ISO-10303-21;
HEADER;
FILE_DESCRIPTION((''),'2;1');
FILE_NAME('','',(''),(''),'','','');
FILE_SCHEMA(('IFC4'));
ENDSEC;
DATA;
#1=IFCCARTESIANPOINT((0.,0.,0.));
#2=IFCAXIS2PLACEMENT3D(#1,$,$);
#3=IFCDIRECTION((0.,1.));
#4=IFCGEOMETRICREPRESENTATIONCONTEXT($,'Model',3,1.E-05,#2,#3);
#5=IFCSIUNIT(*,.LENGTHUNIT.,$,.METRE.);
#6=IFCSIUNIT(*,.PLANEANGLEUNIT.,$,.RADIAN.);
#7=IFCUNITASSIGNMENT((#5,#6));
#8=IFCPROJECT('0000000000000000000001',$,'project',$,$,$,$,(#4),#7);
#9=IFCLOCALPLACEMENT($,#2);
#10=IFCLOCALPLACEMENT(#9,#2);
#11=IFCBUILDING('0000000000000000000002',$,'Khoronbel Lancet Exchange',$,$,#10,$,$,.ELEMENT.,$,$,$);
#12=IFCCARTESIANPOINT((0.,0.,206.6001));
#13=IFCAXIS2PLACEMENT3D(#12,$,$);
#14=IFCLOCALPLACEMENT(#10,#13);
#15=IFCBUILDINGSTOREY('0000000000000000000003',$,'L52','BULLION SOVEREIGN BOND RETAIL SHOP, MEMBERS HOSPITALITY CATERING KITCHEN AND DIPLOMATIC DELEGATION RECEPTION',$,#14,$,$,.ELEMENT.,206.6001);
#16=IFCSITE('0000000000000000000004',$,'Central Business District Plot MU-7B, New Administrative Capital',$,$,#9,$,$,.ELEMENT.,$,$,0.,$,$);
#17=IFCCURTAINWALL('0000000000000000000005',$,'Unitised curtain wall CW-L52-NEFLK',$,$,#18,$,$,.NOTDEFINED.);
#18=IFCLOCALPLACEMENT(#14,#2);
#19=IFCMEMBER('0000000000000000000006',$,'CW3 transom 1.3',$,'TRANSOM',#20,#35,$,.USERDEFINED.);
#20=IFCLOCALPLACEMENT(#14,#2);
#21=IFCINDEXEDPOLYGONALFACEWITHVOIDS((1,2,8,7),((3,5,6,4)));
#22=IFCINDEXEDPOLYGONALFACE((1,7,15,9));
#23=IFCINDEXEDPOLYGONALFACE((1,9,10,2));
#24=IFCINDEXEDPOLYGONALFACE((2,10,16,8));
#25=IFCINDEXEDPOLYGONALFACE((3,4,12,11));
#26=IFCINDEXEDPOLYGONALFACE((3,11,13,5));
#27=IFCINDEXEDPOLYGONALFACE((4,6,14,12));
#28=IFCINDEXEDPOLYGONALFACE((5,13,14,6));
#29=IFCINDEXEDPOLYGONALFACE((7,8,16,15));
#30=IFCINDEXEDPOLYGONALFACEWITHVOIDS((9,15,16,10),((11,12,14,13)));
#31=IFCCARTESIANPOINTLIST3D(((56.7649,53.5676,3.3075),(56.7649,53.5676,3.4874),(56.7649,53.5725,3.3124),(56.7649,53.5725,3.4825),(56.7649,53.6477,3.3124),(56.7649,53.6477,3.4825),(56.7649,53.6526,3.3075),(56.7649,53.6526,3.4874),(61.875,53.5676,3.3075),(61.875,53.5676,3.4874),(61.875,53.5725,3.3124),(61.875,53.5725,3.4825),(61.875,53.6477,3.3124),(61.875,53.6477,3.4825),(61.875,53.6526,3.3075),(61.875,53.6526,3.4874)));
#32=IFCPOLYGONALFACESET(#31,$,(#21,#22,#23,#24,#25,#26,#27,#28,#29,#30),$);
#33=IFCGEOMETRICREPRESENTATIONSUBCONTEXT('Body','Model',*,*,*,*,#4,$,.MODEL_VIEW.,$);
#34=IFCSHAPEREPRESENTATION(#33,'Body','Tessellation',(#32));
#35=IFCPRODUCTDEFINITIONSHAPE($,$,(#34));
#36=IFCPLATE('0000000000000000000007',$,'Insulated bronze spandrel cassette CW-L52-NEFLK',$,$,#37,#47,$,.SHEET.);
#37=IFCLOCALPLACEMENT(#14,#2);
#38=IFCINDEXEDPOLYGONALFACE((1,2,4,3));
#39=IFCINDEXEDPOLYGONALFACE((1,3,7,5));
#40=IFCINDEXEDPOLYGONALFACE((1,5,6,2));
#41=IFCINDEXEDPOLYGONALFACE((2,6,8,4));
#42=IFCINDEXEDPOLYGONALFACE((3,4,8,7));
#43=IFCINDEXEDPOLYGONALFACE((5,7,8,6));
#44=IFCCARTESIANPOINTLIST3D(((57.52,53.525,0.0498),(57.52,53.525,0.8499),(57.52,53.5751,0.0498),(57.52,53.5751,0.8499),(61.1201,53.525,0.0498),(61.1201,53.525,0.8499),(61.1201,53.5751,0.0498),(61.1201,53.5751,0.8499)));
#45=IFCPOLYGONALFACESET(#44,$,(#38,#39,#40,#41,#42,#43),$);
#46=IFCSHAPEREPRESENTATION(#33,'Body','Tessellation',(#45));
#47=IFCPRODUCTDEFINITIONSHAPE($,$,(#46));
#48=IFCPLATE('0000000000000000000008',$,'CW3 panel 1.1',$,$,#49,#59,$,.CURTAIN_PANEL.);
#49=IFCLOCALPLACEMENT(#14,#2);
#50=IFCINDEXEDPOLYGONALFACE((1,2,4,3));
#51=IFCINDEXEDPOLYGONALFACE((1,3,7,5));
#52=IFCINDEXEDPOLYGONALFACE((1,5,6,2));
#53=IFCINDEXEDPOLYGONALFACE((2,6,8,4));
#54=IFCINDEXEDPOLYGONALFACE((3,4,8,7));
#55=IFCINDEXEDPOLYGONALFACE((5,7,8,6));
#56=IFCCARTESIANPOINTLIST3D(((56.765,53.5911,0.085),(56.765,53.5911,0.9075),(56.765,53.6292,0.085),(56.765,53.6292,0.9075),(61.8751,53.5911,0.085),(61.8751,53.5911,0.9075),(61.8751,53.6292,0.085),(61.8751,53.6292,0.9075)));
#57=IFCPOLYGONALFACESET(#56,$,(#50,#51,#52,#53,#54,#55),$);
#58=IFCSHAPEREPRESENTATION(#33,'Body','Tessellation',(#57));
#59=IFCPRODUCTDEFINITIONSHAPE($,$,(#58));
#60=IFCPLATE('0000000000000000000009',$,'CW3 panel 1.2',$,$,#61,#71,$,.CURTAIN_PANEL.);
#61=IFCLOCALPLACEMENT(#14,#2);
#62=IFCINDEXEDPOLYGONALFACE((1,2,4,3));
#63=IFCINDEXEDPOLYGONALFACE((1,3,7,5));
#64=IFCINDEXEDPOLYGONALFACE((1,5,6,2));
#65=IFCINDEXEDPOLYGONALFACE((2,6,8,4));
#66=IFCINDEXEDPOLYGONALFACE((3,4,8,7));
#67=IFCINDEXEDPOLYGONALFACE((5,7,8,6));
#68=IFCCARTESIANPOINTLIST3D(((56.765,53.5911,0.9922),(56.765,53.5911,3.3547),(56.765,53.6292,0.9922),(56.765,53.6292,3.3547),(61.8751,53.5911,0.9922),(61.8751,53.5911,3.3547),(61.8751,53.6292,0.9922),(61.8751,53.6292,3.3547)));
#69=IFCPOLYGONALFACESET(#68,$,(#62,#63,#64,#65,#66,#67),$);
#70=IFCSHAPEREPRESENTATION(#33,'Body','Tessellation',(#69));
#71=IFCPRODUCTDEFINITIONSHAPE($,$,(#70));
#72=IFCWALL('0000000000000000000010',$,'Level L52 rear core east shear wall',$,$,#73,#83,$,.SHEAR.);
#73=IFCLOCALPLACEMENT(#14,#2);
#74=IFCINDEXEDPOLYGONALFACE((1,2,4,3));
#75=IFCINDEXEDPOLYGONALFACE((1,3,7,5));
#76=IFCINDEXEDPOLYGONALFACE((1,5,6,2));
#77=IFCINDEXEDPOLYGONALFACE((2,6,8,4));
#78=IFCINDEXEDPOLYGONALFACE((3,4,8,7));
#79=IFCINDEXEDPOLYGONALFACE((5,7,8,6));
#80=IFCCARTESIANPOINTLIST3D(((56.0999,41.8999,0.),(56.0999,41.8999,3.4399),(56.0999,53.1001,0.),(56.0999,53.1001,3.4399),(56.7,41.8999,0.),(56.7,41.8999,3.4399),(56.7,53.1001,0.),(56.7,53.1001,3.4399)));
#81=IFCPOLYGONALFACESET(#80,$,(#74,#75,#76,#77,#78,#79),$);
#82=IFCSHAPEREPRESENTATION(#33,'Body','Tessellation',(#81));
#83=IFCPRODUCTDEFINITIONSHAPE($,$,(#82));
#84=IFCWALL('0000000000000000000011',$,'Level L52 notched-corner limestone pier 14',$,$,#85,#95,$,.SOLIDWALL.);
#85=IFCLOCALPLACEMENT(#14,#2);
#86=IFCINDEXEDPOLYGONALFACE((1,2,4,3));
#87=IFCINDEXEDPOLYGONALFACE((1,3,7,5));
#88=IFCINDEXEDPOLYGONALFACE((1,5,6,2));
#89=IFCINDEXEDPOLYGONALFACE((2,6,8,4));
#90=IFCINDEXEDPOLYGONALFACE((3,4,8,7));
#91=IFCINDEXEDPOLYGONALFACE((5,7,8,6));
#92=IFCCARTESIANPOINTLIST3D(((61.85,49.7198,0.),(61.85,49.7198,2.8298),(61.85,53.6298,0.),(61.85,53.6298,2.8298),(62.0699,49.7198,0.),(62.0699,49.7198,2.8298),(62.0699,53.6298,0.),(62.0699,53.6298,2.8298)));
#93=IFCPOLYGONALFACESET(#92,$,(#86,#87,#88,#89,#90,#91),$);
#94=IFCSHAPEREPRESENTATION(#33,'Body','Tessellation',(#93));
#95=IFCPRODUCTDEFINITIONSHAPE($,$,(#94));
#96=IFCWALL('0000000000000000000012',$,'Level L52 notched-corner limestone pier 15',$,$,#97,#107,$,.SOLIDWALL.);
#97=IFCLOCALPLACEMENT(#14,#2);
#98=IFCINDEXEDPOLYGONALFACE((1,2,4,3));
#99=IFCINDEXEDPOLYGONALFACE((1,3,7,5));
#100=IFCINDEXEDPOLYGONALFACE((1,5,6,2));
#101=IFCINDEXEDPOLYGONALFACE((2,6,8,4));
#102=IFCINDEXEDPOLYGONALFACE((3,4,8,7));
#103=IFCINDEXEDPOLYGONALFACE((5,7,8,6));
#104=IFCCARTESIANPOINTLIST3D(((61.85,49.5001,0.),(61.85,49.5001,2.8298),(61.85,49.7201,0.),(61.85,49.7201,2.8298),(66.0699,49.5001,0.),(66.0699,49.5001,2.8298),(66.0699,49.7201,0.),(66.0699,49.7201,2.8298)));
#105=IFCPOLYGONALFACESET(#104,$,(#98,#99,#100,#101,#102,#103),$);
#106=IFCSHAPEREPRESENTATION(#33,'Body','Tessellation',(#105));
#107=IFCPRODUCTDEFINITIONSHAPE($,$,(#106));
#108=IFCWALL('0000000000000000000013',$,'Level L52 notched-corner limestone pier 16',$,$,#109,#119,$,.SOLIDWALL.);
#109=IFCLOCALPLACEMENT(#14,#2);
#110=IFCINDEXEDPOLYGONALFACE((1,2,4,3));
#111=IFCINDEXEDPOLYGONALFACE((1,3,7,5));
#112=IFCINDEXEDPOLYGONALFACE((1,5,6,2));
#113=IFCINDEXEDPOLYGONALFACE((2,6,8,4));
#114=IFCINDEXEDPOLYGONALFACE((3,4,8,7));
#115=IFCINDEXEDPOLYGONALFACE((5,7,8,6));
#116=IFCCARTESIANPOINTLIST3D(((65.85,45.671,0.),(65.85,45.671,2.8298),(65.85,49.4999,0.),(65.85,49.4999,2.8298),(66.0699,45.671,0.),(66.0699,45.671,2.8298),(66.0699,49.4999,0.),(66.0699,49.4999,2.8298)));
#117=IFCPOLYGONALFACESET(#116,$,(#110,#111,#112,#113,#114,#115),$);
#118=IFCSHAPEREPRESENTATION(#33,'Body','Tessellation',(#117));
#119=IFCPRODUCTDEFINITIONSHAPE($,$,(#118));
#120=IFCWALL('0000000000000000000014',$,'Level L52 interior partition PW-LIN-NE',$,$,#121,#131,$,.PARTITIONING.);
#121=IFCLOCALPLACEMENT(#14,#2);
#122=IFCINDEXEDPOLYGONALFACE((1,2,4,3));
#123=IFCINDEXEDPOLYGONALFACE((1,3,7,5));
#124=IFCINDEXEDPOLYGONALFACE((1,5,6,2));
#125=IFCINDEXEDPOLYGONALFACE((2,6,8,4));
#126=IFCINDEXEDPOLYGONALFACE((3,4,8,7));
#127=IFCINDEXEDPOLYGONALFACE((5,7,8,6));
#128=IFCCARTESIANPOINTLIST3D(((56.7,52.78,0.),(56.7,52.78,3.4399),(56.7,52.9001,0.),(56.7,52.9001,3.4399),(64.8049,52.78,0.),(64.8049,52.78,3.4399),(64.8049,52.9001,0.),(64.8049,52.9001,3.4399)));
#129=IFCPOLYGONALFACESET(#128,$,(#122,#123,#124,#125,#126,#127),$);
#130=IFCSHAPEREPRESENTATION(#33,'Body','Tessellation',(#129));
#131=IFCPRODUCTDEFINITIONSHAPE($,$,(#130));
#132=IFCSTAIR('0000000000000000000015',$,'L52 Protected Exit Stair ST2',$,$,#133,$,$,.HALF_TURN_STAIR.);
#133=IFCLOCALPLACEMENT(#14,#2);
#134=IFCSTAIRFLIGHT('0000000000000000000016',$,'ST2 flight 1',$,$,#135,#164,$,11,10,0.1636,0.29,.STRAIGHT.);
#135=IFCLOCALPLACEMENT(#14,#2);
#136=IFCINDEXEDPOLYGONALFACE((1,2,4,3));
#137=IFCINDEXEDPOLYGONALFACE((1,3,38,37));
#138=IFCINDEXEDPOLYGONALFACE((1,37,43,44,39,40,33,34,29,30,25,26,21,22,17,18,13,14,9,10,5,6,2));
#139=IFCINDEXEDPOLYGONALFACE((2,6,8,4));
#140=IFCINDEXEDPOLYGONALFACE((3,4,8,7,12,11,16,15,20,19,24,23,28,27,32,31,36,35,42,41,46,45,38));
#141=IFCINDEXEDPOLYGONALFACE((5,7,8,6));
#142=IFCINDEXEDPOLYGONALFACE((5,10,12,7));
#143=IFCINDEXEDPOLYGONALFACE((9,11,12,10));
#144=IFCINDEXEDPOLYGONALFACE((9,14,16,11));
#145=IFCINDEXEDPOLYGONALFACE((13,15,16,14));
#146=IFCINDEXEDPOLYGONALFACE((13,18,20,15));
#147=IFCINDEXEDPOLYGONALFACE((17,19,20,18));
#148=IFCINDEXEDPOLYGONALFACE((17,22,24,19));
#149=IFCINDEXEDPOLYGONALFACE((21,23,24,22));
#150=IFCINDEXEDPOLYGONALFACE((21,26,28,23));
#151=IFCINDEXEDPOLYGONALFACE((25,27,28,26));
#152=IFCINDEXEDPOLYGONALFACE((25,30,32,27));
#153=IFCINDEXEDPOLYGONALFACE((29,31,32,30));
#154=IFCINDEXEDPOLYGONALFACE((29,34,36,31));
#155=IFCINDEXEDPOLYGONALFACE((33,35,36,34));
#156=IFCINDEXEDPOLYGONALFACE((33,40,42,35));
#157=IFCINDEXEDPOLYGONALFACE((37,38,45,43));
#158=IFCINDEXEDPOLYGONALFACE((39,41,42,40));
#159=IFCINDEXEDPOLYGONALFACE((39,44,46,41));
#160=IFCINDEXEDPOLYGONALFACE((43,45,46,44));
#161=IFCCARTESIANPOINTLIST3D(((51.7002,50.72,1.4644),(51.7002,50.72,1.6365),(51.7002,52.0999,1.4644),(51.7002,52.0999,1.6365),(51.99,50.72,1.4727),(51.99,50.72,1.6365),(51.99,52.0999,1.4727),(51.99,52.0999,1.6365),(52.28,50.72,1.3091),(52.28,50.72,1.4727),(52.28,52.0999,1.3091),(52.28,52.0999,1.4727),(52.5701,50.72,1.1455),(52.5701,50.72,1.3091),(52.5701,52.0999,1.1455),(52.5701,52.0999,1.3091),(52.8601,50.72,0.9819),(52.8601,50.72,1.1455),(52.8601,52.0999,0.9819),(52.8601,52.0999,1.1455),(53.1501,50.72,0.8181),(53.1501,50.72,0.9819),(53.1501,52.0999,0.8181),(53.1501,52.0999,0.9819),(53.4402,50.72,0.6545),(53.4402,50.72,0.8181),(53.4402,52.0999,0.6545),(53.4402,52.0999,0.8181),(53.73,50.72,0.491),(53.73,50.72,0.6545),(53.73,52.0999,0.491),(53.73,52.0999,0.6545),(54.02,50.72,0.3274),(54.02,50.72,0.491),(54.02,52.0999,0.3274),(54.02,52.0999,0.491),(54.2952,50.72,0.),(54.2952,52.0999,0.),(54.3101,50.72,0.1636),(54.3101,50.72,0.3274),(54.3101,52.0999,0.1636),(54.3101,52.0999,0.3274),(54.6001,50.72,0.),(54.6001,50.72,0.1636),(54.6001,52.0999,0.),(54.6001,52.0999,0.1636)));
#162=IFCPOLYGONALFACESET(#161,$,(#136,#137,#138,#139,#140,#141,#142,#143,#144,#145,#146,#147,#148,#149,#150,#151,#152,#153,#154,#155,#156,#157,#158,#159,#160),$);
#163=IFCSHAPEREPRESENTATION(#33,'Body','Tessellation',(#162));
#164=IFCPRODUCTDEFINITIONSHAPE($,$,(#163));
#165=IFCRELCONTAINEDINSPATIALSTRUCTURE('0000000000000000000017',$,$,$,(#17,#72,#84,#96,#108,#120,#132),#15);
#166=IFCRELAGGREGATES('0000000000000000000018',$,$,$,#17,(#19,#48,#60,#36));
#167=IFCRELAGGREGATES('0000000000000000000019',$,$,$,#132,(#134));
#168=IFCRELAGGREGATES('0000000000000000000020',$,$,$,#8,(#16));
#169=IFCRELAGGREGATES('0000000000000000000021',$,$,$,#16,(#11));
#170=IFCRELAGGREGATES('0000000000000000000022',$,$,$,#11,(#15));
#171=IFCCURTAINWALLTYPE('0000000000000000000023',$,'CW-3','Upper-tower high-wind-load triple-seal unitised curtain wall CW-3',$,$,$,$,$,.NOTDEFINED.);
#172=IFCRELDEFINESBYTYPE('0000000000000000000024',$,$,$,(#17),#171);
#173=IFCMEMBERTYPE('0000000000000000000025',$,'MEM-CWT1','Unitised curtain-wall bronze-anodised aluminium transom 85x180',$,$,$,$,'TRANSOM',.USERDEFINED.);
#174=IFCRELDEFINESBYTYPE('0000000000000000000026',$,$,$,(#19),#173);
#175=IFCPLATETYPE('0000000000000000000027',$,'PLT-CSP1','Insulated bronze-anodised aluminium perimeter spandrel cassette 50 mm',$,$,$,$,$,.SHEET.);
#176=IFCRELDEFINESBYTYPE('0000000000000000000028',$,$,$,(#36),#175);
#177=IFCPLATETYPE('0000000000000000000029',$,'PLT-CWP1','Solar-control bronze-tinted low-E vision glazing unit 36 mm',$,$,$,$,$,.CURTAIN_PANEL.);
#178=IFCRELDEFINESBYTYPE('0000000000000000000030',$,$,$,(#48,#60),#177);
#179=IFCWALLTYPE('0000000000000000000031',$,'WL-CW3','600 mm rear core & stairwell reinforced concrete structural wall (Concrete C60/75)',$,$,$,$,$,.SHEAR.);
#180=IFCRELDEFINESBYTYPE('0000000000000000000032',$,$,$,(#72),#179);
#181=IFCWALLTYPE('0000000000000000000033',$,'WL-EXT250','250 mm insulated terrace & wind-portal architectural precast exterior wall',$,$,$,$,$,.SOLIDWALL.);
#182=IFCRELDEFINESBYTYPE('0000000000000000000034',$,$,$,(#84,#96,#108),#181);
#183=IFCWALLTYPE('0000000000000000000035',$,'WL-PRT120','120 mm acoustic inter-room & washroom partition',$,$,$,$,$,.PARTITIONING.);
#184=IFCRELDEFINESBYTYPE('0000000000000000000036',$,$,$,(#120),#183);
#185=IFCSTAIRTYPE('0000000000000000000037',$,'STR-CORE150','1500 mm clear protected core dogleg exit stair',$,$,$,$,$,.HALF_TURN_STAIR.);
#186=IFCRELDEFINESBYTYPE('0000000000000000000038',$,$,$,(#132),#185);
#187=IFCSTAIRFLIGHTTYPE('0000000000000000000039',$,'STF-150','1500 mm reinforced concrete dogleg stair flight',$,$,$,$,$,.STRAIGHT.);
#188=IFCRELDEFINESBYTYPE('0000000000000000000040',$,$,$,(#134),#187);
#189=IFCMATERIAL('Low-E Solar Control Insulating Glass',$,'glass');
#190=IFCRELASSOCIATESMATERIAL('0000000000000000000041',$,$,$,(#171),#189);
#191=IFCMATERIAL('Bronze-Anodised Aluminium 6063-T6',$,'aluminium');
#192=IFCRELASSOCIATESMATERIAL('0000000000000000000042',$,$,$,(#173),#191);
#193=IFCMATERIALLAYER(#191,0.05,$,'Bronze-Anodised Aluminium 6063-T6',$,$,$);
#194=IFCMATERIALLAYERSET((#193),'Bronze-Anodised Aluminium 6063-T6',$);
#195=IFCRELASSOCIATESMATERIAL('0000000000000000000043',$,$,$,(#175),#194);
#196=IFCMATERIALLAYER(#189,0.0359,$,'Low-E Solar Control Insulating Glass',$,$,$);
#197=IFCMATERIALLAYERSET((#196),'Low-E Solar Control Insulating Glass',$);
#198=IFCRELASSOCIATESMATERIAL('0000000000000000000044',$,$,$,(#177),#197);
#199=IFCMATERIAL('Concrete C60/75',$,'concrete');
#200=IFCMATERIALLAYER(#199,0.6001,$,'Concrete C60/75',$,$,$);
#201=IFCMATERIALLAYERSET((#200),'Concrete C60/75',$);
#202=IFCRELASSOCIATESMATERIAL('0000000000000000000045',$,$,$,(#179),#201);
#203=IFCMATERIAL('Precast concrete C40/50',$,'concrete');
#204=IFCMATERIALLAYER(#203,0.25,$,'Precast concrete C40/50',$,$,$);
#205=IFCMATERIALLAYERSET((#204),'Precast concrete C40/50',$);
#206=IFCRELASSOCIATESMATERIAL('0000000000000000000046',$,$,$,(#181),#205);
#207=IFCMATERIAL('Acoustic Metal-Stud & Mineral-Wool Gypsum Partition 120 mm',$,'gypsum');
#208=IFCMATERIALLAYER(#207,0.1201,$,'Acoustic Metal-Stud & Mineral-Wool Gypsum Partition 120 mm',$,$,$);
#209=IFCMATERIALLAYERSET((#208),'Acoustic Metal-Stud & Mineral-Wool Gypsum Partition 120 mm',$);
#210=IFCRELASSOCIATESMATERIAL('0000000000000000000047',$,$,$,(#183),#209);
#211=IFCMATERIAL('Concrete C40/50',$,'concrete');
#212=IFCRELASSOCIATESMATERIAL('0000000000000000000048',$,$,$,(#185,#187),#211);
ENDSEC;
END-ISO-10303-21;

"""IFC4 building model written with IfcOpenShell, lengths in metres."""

from ifc_helpers import new_model, si_unit, direction, frame, frame_2d, origin, origin_2d, place, context, subcontext, project, spatial, polyline, rectangle, hollow_rectangle, outline, extrude, material, layer, layer_set, material_profile, profile_set, type_object, element, aggregate, save


model = new_model("IFC4")

# Units and contexts
model_context = context("Model", 3, precision=1e-05, world=origin(), true_north=direction((0.0, 1.0)))
body_context = subcontext(model_context, "Body", "Model", "MODEL_VIEW")
ifc_project = project(units=[si_unit("LENGTHUNIT", "METRE"), si_unit("PLANEANGLEUNIT", "RADIAN")], contexts=[model_context])

# Site, building, storey
site_placement = place(None, origin())
site = spatial("IfcSite", under=ifc_project, at=site_placement, Name="Central Business District Plot MU-7B, New Administrative Capital", CompositionType="ELEMENT", RefElevation=0.0)
building_placement = place(site_placement, origin())
building = spatial("IfcBuilding", under=site, at=building_placement, Name="Khoronbel Lancet Exchange", CompositionType="ELEMENT")
storey_placement = place(building_placement, frame((0.0, 0.0, 206.6001)))
storey = spatial("IfcBuildingStorey", under=building, at=storey_placement, Name="L52", Description="BULLION SOVEREIGN BOND RETAIL SHOP, MEMBERS HOSPITALITY CATERING KITCHEN AND DIPLOMATIC DELEGATION RECEPTION", CompositionType="ELEMENT", Elevation=206.6001)

# Curtain wall, member, plates
ifc_material_1 = material(Name="Low-E Solar Control Insulating Glass", Category="glass")
curtain_wall_type = type_object("IfcCurtainWallType", Name="CW-3", Description="Upper-tower high-wind-load triple-seal unitised curtain wall CW-3", PredefinedType="NOTDEFINED", material=ifc_material_1)
curtain_wall_placement = place(storey_placement, origin())
curtain_wall = element("IfcCurtainWall", 1, at=curtain_wall_placement, inside=storey, type_object=curtain_wall_type, Name="Unitised curtain wall CW-L52-NEFLK", PredefinedType="NOTDEFINED")
ifc_material_2 = material(Name="Bronze-Anodised Aluminium 6063-T6", Category="aluminium")
ifc_material_profile_1 = material_profile(ifc_material_2, hollow_rectangle(XDim=0.085, YDim=0.1799, WallThickness=0.0049, at=origin_2d()), Name="ALU TRANSOM 85x180")
ifc_profile_set_1 = profile_set([ifc_material_profile_1], Name="Bronze-Anodised Aluminium 6063-T6")
member_type_1 = type_object("IfcMemberType", Name="MEM-CWT1", Description="Unitised curtain-wall bronze-anodised aluminium transom 85x180", ElementType="TRANSOM", PredefinedType="USERDEFINED", material=ifc_profile_set_1)
member_1_placement = place(storey_placement, frame((61.875, 53.6101, 3.3975), z_axis=(-1.0, 0.0, 0.0), x_axis=(0.0, -1.0, 0.0)))
member_1 = element("IfcMember", 2, at=member_1_placement, type_object=member_type_1, Name="CW3 transom 1.3", ObjectType="TRANSOM", PredefinedType="USERDEFINED", context=body_context, shape_type="SweptSolid", body=[
    extrude(hollow_rectangle(XDim=0.085, YDim=0.1799, WallThickness=0.0049, at=origin_2d()), origin(), (0.0, 0.0, 1.0), 5.1101),
])
ifc_layer_1 = layer(ifc_material_2, 0.05, Name="Bronze-Anodised Aluminium 6063-T6")
ifc_layer_set_1 = layer_set([ifc_layer_1], Name="Bronze-Anodised Aluminium 6063-T6")
plate_type_1 = type_object("IfcPlateType", Name="PLT-CSP1", Description="Insulated bronze-anodised aluminium perimeter spandrel cassette 50 mm", PredefinedType="SHEET", material=ifc_layer_set_1)
plate_1_placement = place(storey_placement, frame((59.3201, 53.55, 0.0498), z_axis=(0.0, 0.0, 1.0), x_axis=(-1.0, 0.0, 0.0)))
plate_1 = element("IfcPlate", 3, at=plate_1_placement, type_object=plate_type_1, Name="Insulated bronze spandrel cassette CW-L52-NEFLK", PredefinedType="SHEET", context=body_context, shape_type="SweptSolid", body=[
    extrude(rectangle(XDim=3.6001, YDim=0.05, at=origin_2d()), origin(), (0.0, 0.0, 1.0), 0.8),
])
ifc_layer_2 = layer(ifc_material_1, 0.0359, Name="Low-E Solar Control Insulating Glass")
ifc_layer_set_2 = layer_set([ifc_layer_2], Name="Low-E Solar Control Insulating Glass")
plate_type_2 = type_object("IfcPlateType", Name="PLT-CWP1", Description="Solar-control bronze-tinted low-E vision glazing unit 36 mm", PredefinedType="CURTAIN_PANEL", material=ifc_layer_set_2)
plate_2_placement = place(storey_placement, frame((59.3201, 53.6101, 0.085), z_axis=(0.0, 0.0, 1.0), x_axis=(-1.0, 0.0, 0.0)))
plate_2 = element("IfcPlate", 4, at=plate_2_placement, type_object=plate_type_2, Name="CW3 panel 1.1", PredefinedType="CURTAIN_PANEL", context=body_context, shape_type="SweptSolid", body=[
    extrude(rectangle(XDim=5.1101, YDim=0.0381, at=origin_2d()), origin(), (0.0, 0.0, 1.0), 0.8225),
])
plate_3_placement = place(storey_placement, frame((59.3201, 53.6101, 0.9922), z_axis=(0.0, 0.0, 1.0), x_axis=(-1.0, 0.0, 0.0)))
plate_3 = element("IfcPlate", 5, at=plate_3_placement, type_object=plate_type_2, Name="CW3 panel 1.2", PredefinedType="CURTAIN_PANEL", context=body_context, shape_type="SweptSolid", body=[
    extrude(rectangle(XDim=5.1101, YDim=0.0381, at=origin_2d()), origin(), (0.0, 0.0, 1.0), 2.3625),
])
aggregate(curtain_wall, [member_1, plate_2, plate_3, plate_1])

# Walls
ifc_material_3 = material(Name="Concrete C60/75", Category="concrete")
ifc_layer_3 = layer(ifc_material_3, 0.6001, Name="Concrete C60/75")
ifc_layer_set_3 = layer_set([ifc_layer_3], Name="Concrete C60/75")
wall_type_1 = type_object("IfcWallType", Name="WL-CW3", Description="600 mm rear core & stairwell reinforced concrete structural wall (Concrete C60/75)", PredefinedType="SHEAR", material=ifc_layer_set_3)
wall_1_placement = place(storey_placement, frame((56.3999, 53.1001, 0.0), z_axis=(0.0, 0.0, 1.0), x_axis=(0.0, -1.0, 0.0)))
element("IfcWall", 6, at=wall_1_placement, inside=storey, type_object=wall_type_1, Name="Level L52 rear core east shear wall", PredefinedType="SHEAR", context=body_context, shape_type="SweptSolid", body=[
    extrude(rectangle(XDim=11.2002, YDim=0.6001, at=frame_2d((5.6001, 0.0))), origin(), (0.0, 0.0, 1.0), 3.4399),
])
ifc_material_4 = material(Name="Precast concrete C40/50", Category="concrete")
ifc_layer_4 = layer(ifc_material_4, 0.25, Name="Precast concrete C40/50")
ifc_layer_set_4 = layer_set([ifc_layer_4], Name="Precast concrete C40/50")
wall_type_2 = type_object("IfcWallType", Name="WL-EXT250", Description="250 mm insulated terrace & wind-portal architectural precast exterior wall", PredefinedType="SOLIDWALL", material=ifc_layer_set_4)
wall_2_placement = place(storey_placement, frame((61.96, 53.6299, 0.0), z_axis=(0.0, 0.0, 1.0), x_axis=(0.0, -1.0, 0.0)))
element("IfcWall", 7, at=wall_2_placement, inside=storey, type_object=wall_type_2, Name="Level L52 notched-corner limestone pier 14", PredefinedType="SOLIDWALL", context=body_context, shape_type="SweptSolid", body=[
    extrude(rectangle(XDim=3.9099, YDim=0.22, at=frame_2d((1.9551, 0.0))), origin(), (0.0, 0.0, 1.0), 2.8298),
])
wall_3_placement = place(storey_placement, frame((61.8501, 49.6101, 0.0), z_axis=(0.0, 0.0, 1.0), x_axis=(1.0, 0.0, 0.0)))
element("IfcWall", 8, at=wall_3_placement, inside=storey, type_object=wall_type_2, Name="Level L52 notched-corner limestone pier 15", PredefinedType="SOLIDWALL", context=body_context, shape_type="SweptSolid", body=[
    extrude(rectangle(XDim=4.22, YDim=0.22, at=frame_2d((2.1099, 0.0))), origin(), (0.0, 0.0, 1.0), 2.8298),
])
wall_4_placement = place(storey_placement, frame((65.96, 49.5, 0.0), z_axis=(0.0, 0.0, 1.0), x_axis=(0.0, -1.0, 0.0)))
element("IfcWall", 9, at=wall_4_placement, inside=storey, type_object=wall_type_2, Name="Level L52 notched-corner limestone pier 16", PredefinedType="SOLIDWALL", context=body_context, shape_type="SweptSolid", body=[
    extrude(rectangle(XDim=3.8289, YDim=0.22, at=frame_2d((1.9146, 0.0))), origin(), (0.0, 0.0, 1.0), 2.8298),
])
ifc_material_5 = material(Name="Acoustic Metal-Stud & Mineral-Wool Gypsum Partition 120 mm", Category="gypsum")
ifc_layer_5 = layer(ifc_material_5, 0.1201, Name="Acoustic Metal-Stud & Mineral-Wool Gypsum Partition 120 mm")
ifc_layer_set_5 = layer_set([ifc_layer_5], Name="Acoustic Metal-Stud & Mineral-Wool Gypsum Partition 120 mm")
wall_type_3 = type_object("IfcWallType", Name="WL-PRT120", Description="120 mm acoustic inter-room & washroom partition", PredefinedType="PARTITIONING", material=ifc_layer_set_5)
wall_5_placement = place(storey_placement, frame((56.7, 52.8401, 0.0), z_axis=(0.0, 0.0, 1.0), x_axis=(1.0, 0.0, 0.0)))
element("IfcWall", 10, at=wall_5_placement, inside=storey, type_object=wall_type_3, Name="Level L52 interior partition PW-LIN-NE", PredefinedType="PARTITIONING", context=body_context, shape_type="SweptSolid", body=[
    extrude(rectangle(XDim=8.105, YDim=0.1201, at=frame_2d((4.0525, 0.0))), origin(), (0.0, 0.0, 1.0), 3.4399),
])

# Stair, stair flight
ifc_material_6 = material(Name="Concrete C40/50", Category="concrete")
stair_type = type_object("IfcStairType", Name="STR-CORE150", Description="1500 mm clear protected core dogleg exit stair", PredefinedType="HALF_TURN_STAIR", material=ifc_material_6)
stair_placement = place(storey_placement, origin())
stair = element("IfcStair", 11, at=stair_placement, inside=storey, type_object=stair_type, Name="L52 Protected Exit Stair ST2", PredefinedType="HALF_TURN_STAIR")
stair_flight_type = type_object("IfcStairFlightType", Name="STF-150", Description="1500 mm reinforced concrete dogleg stair flight", PredefinedType="STRAIGHT", material=ifc_material_6)
stair_flight_placement = place(storey_placement, frame((54.6001, 51.4099, 0.0), z_axis=(0.0, 0.0, 1.0), x_axis=(-1.0, 0.0, 0.0)))
stair_flight = element("IfcStairFlight", 12, at=stair_flight_placement, type_object=stair_flight_type, Name="ST2 flight 1", NumberOfRisers=11, NumberOfTreads=10, PredefinedType="STRAIGHT", RiserHeight=0.1636, TreadLength=0.29, context=body_context, shape_type="SweptSolid", body=[
    extrude(outline(polyline([(0.0, 0.0), (0.0, 0.1636), (0.29, 0.1636), (0.29, 0.3274), (0.5801, 0.3274), (0.5801, 0.491), (0.8701, 0.491), (0.8701, 0.6545), (1.1599, 0.6545), (1.1599, 0.8181), (1.45, 0.8181), (1.45, 0.9819), (1.74, 0.9819), (1.74, 1.1455), (2.03, 1.1455), (2.03, 1.3091), (2.3201, 1.3091), (2.3201, 1.4727), (2.6101, 1.4727), (2.6101, 1.6365), (2.8999, 1.6365), (2.8999, 1.8), (2.8999, 1.4644), (0.3049, 0.0), (0.0, 0.0)])), frame((0.0, 0.6899, 0.0), z_axis=(0.0, -1.0, 0.0), x_axis=(1.0, 0.0, 0.0)), (0.0, 0.0, 1.0), 1.3799),
])
aggregate(stair, [stair_flight])

save(model, "model.ifc")
